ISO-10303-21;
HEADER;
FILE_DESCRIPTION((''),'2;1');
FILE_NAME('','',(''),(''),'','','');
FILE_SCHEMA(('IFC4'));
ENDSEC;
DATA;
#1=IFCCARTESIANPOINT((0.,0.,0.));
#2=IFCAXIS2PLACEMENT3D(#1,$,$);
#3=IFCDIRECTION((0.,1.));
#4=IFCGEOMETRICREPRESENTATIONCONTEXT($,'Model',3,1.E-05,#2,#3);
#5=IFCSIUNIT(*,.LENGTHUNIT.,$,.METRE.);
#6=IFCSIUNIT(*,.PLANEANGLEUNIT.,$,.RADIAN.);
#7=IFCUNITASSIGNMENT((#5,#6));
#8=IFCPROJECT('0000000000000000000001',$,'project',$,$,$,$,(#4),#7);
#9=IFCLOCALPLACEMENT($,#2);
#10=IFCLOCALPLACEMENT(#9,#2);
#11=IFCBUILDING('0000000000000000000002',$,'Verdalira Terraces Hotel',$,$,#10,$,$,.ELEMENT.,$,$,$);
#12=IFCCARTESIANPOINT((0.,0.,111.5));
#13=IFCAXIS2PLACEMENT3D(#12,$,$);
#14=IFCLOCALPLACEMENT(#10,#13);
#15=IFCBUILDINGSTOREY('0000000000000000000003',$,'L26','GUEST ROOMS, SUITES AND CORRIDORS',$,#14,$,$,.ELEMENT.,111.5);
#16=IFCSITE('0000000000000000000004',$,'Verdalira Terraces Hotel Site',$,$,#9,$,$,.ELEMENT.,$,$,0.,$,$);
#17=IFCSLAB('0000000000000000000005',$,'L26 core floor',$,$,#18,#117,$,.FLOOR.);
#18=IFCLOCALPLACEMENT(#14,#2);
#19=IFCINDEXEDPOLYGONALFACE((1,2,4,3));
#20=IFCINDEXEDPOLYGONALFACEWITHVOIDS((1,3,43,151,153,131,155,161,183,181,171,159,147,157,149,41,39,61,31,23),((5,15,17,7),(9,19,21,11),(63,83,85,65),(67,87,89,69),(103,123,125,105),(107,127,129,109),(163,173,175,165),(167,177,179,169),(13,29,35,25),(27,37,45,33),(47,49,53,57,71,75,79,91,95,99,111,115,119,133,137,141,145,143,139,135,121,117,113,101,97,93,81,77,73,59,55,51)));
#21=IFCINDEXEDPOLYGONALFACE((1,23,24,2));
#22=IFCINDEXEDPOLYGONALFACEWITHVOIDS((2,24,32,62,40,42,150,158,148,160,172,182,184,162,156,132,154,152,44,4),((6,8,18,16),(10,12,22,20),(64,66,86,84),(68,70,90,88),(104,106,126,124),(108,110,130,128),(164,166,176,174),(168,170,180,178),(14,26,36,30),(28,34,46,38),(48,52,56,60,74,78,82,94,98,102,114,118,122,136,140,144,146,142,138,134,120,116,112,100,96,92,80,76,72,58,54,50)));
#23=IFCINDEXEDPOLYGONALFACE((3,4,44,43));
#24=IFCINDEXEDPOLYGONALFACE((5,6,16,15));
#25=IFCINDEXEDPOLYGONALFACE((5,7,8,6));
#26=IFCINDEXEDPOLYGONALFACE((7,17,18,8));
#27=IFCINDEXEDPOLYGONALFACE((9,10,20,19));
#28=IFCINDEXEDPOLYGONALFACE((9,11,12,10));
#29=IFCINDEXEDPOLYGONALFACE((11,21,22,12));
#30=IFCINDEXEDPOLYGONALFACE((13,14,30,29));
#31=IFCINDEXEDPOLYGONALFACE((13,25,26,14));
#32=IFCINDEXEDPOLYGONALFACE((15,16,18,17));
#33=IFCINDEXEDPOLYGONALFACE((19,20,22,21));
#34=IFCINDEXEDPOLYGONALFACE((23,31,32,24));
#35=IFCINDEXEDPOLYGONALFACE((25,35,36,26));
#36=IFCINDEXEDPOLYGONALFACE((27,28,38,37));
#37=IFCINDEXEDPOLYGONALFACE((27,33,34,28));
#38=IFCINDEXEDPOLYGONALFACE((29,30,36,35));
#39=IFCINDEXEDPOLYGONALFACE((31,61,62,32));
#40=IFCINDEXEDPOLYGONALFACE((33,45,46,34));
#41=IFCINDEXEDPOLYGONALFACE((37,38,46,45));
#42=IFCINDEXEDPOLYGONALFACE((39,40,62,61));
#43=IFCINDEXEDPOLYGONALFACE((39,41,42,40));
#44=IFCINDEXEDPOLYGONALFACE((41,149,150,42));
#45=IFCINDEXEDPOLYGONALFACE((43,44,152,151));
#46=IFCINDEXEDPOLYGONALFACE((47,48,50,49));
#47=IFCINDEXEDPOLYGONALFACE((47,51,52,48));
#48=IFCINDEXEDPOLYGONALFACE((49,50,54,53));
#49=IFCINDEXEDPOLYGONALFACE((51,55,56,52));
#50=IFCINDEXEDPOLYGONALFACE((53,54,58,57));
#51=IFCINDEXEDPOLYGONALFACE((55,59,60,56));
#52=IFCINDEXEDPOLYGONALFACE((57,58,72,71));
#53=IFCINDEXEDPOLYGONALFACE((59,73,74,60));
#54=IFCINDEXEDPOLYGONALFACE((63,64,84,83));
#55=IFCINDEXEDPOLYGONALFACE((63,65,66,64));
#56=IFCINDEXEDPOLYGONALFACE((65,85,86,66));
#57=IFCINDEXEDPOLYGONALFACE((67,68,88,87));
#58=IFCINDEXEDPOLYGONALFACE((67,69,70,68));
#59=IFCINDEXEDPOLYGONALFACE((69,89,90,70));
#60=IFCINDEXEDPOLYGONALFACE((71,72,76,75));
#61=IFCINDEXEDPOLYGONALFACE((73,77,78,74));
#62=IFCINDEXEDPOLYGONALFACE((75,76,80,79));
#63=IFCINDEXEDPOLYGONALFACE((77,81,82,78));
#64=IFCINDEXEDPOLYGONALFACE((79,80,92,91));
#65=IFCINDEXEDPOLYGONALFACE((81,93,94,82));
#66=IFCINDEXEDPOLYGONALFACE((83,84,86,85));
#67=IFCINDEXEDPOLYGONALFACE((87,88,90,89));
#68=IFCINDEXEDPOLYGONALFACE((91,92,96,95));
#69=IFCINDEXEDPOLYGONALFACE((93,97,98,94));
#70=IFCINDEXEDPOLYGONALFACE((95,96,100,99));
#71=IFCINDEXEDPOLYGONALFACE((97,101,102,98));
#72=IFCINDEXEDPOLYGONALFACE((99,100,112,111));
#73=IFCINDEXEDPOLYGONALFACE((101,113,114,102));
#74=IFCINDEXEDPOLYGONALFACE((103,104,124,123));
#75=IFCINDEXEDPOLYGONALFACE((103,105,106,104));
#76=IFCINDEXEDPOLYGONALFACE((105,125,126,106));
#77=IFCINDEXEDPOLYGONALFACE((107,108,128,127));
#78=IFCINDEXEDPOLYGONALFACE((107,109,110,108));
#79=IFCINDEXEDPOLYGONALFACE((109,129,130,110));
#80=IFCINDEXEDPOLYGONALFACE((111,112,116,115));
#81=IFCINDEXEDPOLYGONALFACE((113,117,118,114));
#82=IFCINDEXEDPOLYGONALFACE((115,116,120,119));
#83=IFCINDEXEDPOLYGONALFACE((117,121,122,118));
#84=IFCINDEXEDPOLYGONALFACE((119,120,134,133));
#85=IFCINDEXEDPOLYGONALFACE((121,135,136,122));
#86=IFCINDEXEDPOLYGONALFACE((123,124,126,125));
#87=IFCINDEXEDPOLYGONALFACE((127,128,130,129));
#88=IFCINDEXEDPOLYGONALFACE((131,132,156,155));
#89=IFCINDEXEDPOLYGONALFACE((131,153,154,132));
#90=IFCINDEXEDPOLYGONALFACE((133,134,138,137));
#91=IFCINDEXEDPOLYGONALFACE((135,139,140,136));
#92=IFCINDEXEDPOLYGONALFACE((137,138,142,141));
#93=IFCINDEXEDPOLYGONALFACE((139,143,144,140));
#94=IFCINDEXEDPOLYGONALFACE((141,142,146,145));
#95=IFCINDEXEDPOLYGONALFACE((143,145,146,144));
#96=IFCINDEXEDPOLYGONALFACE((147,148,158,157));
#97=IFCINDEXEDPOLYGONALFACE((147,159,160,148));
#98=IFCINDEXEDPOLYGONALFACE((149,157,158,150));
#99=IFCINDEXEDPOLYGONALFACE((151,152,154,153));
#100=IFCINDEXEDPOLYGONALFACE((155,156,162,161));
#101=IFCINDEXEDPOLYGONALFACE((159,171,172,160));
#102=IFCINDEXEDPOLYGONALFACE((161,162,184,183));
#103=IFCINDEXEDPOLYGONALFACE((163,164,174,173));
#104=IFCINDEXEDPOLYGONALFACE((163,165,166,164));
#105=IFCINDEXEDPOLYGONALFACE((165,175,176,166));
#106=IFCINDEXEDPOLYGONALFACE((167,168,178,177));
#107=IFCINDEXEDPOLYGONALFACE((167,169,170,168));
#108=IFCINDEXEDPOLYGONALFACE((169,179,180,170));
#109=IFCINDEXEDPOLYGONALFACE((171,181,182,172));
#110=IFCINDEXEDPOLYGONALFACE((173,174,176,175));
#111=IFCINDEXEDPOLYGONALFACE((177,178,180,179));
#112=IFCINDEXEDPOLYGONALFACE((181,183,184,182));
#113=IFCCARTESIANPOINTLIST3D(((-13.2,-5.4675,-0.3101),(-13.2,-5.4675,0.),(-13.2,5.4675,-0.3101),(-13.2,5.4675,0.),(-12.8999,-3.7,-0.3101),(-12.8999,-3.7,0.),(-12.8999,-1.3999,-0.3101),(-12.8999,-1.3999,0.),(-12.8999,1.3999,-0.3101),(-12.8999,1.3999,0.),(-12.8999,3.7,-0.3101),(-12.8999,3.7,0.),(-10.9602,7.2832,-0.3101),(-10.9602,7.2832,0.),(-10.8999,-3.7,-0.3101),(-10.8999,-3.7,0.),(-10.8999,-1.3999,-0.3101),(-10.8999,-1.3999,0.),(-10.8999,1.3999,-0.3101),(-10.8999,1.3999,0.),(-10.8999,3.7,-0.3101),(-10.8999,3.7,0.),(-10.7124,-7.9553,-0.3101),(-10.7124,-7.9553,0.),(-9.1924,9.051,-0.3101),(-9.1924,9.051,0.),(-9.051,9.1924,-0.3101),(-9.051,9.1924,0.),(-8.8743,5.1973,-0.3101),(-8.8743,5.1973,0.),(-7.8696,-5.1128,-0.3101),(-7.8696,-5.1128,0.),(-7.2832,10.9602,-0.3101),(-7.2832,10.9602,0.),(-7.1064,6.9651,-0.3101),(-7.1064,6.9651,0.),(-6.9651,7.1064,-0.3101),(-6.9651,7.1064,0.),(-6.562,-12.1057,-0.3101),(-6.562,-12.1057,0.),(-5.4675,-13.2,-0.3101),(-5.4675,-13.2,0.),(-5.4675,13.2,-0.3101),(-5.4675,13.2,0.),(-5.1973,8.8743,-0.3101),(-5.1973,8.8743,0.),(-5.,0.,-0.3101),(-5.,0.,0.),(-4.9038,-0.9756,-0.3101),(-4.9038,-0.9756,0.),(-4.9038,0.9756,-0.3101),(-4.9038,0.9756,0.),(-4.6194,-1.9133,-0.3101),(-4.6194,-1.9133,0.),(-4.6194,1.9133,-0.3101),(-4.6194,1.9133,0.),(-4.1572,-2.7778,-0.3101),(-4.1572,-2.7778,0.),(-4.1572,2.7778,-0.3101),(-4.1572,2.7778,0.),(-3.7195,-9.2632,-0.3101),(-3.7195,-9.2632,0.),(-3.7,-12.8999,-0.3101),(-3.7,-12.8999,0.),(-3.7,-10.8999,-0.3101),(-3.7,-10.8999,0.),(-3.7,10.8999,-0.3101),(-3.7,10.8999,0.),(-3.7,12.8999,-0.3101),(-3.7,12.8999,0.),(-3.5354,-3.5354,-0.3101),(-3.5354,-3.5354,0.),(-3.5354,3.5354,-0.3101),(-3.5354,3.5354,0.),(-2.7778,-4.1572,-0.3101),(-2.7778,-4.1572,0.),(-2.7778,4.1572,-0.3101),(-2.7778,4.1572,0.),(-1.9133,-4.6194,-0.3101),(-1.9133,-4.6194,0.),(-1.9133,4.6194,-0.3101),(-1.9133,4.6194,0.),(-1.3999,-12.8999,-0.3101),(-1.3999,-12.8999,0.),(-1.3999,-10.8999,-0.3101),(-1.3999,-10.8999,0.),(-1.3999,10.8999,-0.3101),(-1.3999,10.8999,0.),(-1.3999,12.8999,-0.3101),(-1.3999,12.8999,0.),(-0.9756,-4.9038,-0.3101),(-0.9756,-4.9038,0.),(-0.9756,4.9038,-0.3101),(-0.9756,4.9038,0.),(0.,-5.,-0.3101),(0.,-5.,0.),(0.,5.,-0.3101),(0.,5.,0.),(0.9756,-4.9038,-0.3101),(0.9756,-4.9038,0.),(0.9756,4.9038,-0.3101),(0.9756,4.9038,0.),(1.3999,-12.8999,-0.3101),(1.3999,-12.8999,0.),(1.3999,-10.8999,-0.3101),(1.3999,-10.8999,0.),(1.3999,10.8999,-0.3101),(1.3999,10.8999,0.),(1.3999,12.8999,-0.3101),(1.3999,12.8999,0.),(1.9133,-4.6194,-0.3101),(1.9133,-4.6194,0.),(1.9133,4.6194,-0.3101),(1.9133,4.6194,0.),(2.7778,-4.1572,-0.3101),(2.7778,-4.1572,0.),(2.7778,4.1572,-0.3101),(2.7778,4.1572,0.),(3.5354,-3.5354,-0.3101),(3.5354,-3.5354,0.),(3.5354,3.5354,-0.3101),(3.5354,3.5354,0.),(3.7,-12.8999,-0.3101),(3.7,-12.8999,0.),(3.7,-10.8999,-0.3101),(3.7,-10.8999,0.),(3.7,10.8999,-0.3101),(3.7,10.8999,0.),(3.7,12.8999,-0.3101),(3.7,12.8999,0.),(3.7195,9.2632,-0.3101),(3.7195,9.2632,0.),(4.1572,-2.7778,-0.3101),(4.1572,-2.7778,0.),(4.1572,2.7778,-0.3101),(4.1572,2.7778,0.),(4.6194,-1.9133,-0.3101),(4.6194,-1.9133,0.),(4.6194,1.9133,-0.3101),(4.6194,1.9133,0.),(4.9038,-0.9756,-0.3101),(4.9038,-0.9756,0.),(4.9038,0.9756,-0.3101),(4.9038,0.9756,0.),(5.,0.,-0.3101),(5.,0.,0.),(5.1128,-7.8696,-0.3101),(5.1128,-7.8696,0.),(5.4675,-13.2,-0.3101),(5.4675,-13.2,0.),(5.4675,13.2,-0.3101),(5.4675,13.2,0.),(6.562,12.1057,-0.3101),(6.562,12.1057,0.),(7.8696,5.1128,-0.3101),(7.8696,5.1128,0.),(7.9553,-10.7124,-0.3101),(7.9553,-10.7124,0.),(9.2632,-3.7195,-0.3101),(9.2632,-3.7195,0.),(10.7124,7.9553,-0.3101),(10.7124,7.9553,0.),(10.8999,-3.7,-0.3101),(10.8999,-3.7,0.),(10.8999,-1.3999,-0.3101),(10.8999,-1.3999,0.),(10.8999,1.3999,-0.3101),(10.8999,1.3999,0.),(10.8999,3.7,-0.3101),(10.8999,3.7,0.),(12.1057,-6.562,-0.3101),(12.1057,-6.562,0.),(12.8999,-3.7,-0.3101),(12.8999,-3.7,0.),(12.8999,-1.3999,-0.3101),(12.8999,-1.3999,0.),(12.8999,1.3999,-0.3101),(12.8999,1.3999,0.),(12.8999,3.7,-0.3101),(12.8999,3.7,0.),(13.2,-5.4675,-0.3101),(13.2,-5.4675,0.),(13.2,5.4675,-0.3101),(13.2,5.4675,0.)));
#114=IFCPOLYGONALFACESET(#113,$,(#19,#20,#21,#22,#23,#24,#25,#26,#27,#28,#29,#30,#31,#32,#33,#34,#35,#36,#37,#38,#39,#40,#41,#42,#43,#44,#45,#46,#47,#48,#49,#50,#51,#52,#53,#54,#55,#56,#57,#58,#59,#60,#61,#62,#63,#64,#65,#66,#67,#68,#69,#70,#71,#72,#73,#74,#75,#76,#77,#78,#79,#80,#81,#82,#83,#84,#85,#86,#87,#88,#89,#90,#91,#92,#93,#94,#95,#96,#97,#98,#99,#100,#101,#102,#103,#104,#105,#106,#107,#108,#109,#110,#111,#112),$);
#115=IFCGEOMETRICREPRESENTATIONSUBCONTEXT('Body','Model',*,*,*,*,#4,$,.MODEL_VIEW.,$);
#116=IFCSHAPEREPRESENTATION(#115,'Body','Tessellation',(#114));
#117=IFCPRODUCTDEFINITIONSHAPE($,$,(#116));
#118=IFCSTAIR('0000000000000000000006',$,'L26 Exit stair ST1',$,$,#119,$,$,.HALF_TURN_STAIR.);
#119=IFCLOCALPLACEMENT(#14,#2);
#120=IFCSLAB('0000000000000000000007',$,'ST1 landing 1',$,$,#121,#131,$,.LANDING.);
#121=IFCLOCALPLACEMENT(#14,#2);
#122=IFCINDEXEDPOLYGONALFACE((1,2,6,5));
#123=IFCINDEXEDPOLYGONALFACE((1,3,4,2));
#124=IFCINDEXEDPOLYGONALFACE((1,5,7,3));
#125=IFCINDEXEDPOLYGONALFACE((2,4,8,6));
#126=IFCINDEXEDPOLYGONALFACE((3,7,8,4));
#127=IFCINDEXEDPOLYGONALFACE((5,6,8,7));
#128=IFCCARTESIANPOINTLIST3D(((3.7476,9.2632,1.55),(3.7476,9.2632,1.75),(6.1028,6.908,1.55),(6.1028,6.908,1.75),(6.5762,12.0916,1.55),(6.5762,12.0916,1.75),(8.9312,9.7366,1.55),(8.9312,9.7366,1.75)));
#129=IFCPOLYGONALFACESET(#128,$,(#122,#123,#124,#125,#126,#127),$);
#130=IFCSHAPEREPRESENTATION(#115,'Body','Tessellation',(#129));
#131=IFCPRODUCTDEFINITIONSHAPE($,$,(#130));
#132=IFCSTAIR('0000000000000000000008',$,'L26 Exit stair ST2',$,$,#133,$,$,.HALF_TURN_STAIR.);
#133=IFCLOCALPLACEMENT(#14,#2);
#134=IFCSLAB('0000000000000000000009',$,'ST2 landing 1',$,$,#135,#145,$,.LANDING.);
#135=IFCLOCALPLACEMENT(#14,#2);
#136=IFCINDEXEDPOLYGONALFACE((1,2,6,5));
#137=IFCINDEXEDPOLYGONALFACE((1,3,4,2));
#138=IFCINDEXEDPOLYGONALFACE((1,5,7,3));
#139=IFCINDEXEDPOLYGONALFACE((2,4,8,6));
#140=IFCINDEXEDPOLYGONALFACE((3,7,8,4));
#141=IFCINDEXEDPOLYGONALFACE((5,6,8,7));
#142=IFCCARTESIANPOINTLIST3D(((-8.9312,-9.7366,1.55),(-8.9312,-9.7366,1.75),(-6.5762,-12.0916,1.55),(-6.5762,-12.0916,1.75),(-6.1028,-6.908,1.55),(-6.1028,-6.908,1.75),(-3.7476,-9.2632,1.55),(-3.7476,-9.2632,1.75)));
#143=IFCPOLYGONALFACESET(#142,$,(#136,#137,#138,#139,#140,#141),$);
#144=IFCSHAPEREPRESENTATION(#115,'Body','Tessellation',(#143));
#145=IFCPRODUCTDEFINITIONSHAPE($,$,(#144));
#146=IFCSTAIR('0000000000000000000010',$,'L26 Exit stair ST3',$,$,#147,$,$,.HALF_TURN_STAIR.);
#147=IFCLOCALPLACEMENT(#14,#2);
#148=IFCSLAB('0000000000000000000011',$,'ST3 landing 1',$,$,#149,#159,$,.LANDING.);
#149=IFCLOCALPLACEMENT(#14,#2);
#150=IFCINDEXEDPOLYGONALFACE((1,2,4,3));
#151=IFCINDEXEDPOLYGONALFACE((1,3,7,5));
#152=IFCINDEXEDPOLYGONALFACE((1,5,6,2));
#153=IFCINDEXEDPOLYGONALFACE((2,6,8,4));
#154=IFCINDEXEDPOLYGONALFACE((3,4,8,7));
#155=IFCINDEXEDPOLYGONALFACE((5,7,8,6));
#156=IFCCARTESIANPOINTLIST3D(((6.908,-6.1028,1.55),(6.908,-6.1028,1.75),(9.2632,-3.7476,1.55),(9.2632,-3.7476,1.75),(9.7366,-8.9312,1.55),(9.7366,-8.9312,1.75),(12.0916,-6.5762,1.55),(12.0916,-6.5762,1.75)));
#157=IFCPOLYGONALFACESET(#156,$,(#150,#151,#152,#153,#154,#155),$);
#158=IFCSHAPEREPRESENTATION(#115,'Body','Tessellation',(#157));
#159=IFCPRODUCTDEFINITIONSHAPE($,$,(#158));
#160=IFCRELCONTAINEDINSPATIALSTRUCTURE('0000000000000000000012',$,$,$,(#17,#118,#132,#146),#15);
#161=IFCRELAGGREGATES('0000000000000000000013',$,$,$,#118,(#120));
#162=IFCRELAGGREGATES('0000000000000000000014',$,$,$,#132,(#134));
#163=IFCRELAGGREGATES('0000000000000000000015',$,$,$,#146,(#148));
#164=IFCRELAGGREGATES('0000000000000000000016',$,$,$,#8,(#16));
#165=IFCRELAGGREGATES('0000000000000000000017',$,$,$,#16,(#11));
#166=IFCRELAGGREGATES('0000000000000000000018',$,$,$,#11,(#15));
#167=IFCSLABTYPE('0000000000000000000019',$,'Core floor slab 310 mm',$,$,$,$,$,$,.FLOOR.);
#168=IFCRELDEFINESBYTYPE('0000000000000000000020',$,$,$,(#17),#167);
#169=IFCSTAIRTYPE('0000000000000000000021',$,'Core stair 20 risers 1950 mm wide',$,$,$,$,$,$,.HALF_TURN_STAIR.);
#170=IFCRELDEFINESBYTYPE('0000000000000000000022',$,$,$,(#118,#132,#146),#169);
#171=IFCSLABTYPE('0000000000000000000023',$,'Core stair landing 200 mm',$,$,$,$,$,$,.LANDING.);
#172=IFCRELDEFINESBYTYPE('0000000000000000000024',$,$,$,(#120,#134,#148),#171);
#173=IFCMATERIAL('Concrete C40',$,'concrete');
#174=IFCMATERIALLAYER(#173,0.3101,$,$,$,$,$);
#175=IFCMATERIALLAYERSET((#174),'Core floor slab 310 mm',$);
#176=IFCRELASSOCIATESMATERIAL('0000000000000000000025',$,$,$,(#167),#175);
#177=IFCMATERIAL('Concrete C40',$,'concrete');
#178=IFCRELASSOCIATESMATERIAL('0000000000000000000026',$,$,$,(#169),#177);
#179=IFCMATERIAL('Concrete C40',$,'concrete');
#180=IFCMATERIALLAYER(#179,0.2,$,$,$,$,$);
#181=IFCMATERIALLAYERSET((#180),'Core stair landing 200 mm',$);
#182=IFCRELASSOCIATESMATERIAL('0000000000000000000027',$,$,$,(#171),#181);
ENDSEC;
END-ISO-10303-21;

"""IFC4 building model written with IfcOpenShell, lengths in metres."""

from ifc_helpers import new_model, si_unit, direction, frame, origin, place, context, subcontext, project, spatial, polyline, outline, extrude, material, layer, layer_set, type_object, element, aggregate, save


model = new_model("IFC4")

# Units and contexts
model_context = context("Model", 3, precision=1e-05, world=origin(), true_north=direction((0.0, 1.0)))
body_context = subcontext(model_context, "Body", "Model", "MODEL_VIEW")
ifc_project = project(units=[si_unit("LENGTHUNIT", "METRE"), si_unit("PLANEANGLEUNIT", "RADIAN")], contexts=[model_context])

# Site, building, storey
site_placement = place(None, origin())
site = spatial("IfcSite", under=ifc_project, at=site_placement, Name="Verdalira Terraces Hotel Site", CompositionType="ELEMENT", RefElevation=0.0)
building_placement = place(site_placement, origin())
building = spatial("IfcBuilding", under=site, at=building_placement, Name="Verdalira Terraces Hotel", CompositionType="ELEMENT")
storey_placement = place(building_placement, frame((0.0, 0.0, 111.5)))
storey = spatial("IfcBuildingStorey", under=building, at=storey_placement, Name="L26", Description="GUEST ROOMS, SUITES AND CORRIDORS", CompositionType="ELEMENT", Elevation=111.5)

# Slab
ifc_material_1 = material(Name="Concrete C40", Category="concrete")
ifc_layer_1 = layer(ifc_material_1, 0.3101)
ifc_layer_set_1 = layer_set([ifc_layer_1], Name="Core floor slab 310 mm")
slab_type_1 = type_object("IfcSlabType", Name="Core floor slab 310 mm", PredefinedType="FLOOR", material=ifc_layer_set_1)
slab_1_placement = place(storey_placement, frame((0.0, 0.0, -0.3101)))
element("IfcSlab", 1, at=slab_1_placement, inside=storey, type_object=slab_type_1, Name="L26 core floor", PredefinedType="FLOOR", context=body_context, shape_type="SweptSolid", body=[
    extrude(outline(polyline([(-5.4675, 13.2), (5.4675, 13.2), (6.562, 12.1057), (3.7195, 9.2632), (7.8696, 5.1128), (10.7124, 7.9553), (13.2, 5.4675), (13.2, -5.4675), (12.1057, -6.562), (9.2632, -3.7195), (5.1128, -7.8696), (7.9553, -10.7124), (5.4675, -13.2), (-5.4675, -13.2), (-6.562, -12.1057), (-3.7195, -9.2632), (-7.8696, -5.1128), (-10.7124, -7.9553), (-13.2, -5.4675), (-13.2, 5.4675), (-5.4675, 13.2)]), holes=[polyline([(12.8999, -3.7), (12.8999, -1.3999), (10.8999, -1.3999), (10.8999, -3.7), (12.8999, -3.7)]), polyline([(12.8999, 1.3999), (12.8999, 3.7), (10.8999, 3.7), (10.8999, 1.3999), (12.8999, 1.3999)]), polyline([(1.3999, 10.8999), (3.7, 10.8999), (3.7, 12.8999), (1.3999, 12.8999), (1.3999, 10.8999)]), polyline([(-3.7, 10.8999), (-1.3999, 10.8999), (-1.3999, 12.8999), (-3.7, 12.8999), (-3.7, 10.8999)]), polyline([(-12.8999, 3.7), (-12.8999, 1.3999), (-10.8999, 1.3999), (-10.8999, 3.7), (-12.8999, 3.7)]), polyline([(-12.8999, -1.3999), (-12.8999, -3.7), (-10.8999, -3.7), (-10.8999, -1.3999), (-12.8999, -1.3999)]), polyline([(-1.3999, -10.8999), (-3.7, -10.8999), (-3.7, -12.8999), (-1.3999, -12.8999), (-1.3999, -10.8999)]), polyline([(3.7, -10.8999), (1.3999, -10.8999), (1.3999, -12.8999), (3.7, -12.8999), (3.7, -10.8999)]), polyline([(-9.051, 9.1924), (-6.9651, 7.1064), (-5.1973, 8.8743), (-7.2832, 10.9602), (-9.051, 9.1924)]), polyline([(-9.1924, 9.051), (-10.9602, 7.2832), (-8.8743, 5.1973), (-7.1064, 6.9651), (-9.1924, 9.051)]), polyline([(3.5354, 3.5354), (2.7778, 4.1572), (1.9133, 4.6194), (0.9756, 4.9038), (0.0, 5.0), (-0.9756, 4.9038), (-1.9133, 4.6194), (-2.7778, 4.1572), (-3.5354, 3.5354), (-4.1572, 2.7778), (-4.6194, 1.9133), (-4.9038, 0.9756), (-5.0, 0.0), (-4.9038, -0.9756), (-4.6194, -1.9133), (-4.1572, -2.7778), (-3.5354, -3.5354), (-2.7778, -4.1572), (-1.9133, -4.6194), (-0.9756, -4.9038), (0.0, -5.0), (0.9756, -4.9038), (1.9133, -4.6194), (2.7778, -4.1572), (3.5354, -3.5354), (4.1572, -2.7778), (4.6194, -1.9133), (4.9038, -0.9756), (5.0, 0.0), (4.9038, 0.9756), (4.6194, 1.9133), (4.1572, 2.7778), (3.5354, 3.5354)])]), origin(), (0.0, 0.0, 1.0), 0.3101),
])

# Stairs, slabs
ifc_material_2 = material(Name="Concrete C40", Category="concrete")
stair_type = type_object("IfcStairType", Name="Core stair 20 risers 1950 mm wide", PredefinedType="HALF_TURN_STAIR", material=ifc_material_2)
stair_1_placement = place(storey_placement, origin())
stair_1 = element("IfcStair", 2, at=stair_1_placement, inside=storey, type_object=stair_type, Name="L26 Exit stair ST1", PredefinedType="HALF_TURN_STAIR")
ifc_material_3 = material(Name="Concrete C40", Category="concrete")
ifc_layer_2 = layer(ifc_material_3, 0.2)
ifc_layer_set_2 = layer_set([ifc_layer_2], Name="Core stair landing 200 mm")
slab_type_2 = type_object("IfcSlabType", Name="Core stair landing 200 mm", PredefinedType="LANDING", material=ifc_layer_set_2)
slab_2_placement = place(storey_placement, frame((0.0, 0.0, 1.55)))
slab_2 = element("IfcSlab", 3, at=slab_2_placement, type_object=slab_type_2, Name="ST1 landing 1", PredefinedType="LANDING", context=body_context, shape_type="SweptSolid", body=[
    extrude(outline(polyline([(8.9312, 9.7366), (6.5762, 12.0916), (3.7476, 9.2632), (6.1028, 6.908), (8.9312, 9.7366)])), origin(), (0.0, 0.0, 1.0), 0.2),
])
aggregate(stair_1, [slab_2])
stair_2_placement = place(storey_placement, origin())
stair_2 = element("IfcStair", 4, at=stair_2_placement, inside=storey, type_object=stair_type, Name="L26 Exit stair ST2", PredefinedType="HALF_TURN_STAIR")
slab_3_placement = place(storey_placement, frame((0.0, 0.0, 1.55)))
slab_3 = element("IfcSlab", 5, at=slab_3_placement, type_object=slab_type_2, Name="ST2 landing 1", PredefinedType="LANDING", context=body_context, shape_type="SweptSolid", body=[
    extrude(outline(polyline([(-8.9312, -9.7366), (-6.5762, -12.0916), (-3.7476, -9.2632), (-6.1028, -6.908), (-8.9312, -9.7366)])), origin(), (0.0, 0.0, 1.0), 0.2),
])
aggregate(stair_2, [slab_3])
stair_3_placement = place(storey_placement, origin())
stair_3 = element("IfcStair", 6, at=stair_3_placement, inside=storey, type_object=stair_type, Name="L26 Exit stair ST3", PredefinedType="HALF_TURN_STAIR")
slab_4_placement = place(storey_placement, frame((0.0, 0.0, 1.55)))
slab_4 = element("IfcSlab", 7, at=slab_4_placement, type_object=slab_type_2, Name="ST3 landing 1", PredefinedType="LANDING", context=body_context, shape_type="SweptSolid", body=[
    extrude(outline(polyline([(9.7366, -8.9312), (12.0916, -6.5762), (9.2632, -3.7476), (6.908, -6.1028), (9.7366, -8.9312)])), origin(), (0.0, 0.0, 1.0), 0.2),
])
aggregate(stair_3, [slab_4])

save(model, "model.ifc")
